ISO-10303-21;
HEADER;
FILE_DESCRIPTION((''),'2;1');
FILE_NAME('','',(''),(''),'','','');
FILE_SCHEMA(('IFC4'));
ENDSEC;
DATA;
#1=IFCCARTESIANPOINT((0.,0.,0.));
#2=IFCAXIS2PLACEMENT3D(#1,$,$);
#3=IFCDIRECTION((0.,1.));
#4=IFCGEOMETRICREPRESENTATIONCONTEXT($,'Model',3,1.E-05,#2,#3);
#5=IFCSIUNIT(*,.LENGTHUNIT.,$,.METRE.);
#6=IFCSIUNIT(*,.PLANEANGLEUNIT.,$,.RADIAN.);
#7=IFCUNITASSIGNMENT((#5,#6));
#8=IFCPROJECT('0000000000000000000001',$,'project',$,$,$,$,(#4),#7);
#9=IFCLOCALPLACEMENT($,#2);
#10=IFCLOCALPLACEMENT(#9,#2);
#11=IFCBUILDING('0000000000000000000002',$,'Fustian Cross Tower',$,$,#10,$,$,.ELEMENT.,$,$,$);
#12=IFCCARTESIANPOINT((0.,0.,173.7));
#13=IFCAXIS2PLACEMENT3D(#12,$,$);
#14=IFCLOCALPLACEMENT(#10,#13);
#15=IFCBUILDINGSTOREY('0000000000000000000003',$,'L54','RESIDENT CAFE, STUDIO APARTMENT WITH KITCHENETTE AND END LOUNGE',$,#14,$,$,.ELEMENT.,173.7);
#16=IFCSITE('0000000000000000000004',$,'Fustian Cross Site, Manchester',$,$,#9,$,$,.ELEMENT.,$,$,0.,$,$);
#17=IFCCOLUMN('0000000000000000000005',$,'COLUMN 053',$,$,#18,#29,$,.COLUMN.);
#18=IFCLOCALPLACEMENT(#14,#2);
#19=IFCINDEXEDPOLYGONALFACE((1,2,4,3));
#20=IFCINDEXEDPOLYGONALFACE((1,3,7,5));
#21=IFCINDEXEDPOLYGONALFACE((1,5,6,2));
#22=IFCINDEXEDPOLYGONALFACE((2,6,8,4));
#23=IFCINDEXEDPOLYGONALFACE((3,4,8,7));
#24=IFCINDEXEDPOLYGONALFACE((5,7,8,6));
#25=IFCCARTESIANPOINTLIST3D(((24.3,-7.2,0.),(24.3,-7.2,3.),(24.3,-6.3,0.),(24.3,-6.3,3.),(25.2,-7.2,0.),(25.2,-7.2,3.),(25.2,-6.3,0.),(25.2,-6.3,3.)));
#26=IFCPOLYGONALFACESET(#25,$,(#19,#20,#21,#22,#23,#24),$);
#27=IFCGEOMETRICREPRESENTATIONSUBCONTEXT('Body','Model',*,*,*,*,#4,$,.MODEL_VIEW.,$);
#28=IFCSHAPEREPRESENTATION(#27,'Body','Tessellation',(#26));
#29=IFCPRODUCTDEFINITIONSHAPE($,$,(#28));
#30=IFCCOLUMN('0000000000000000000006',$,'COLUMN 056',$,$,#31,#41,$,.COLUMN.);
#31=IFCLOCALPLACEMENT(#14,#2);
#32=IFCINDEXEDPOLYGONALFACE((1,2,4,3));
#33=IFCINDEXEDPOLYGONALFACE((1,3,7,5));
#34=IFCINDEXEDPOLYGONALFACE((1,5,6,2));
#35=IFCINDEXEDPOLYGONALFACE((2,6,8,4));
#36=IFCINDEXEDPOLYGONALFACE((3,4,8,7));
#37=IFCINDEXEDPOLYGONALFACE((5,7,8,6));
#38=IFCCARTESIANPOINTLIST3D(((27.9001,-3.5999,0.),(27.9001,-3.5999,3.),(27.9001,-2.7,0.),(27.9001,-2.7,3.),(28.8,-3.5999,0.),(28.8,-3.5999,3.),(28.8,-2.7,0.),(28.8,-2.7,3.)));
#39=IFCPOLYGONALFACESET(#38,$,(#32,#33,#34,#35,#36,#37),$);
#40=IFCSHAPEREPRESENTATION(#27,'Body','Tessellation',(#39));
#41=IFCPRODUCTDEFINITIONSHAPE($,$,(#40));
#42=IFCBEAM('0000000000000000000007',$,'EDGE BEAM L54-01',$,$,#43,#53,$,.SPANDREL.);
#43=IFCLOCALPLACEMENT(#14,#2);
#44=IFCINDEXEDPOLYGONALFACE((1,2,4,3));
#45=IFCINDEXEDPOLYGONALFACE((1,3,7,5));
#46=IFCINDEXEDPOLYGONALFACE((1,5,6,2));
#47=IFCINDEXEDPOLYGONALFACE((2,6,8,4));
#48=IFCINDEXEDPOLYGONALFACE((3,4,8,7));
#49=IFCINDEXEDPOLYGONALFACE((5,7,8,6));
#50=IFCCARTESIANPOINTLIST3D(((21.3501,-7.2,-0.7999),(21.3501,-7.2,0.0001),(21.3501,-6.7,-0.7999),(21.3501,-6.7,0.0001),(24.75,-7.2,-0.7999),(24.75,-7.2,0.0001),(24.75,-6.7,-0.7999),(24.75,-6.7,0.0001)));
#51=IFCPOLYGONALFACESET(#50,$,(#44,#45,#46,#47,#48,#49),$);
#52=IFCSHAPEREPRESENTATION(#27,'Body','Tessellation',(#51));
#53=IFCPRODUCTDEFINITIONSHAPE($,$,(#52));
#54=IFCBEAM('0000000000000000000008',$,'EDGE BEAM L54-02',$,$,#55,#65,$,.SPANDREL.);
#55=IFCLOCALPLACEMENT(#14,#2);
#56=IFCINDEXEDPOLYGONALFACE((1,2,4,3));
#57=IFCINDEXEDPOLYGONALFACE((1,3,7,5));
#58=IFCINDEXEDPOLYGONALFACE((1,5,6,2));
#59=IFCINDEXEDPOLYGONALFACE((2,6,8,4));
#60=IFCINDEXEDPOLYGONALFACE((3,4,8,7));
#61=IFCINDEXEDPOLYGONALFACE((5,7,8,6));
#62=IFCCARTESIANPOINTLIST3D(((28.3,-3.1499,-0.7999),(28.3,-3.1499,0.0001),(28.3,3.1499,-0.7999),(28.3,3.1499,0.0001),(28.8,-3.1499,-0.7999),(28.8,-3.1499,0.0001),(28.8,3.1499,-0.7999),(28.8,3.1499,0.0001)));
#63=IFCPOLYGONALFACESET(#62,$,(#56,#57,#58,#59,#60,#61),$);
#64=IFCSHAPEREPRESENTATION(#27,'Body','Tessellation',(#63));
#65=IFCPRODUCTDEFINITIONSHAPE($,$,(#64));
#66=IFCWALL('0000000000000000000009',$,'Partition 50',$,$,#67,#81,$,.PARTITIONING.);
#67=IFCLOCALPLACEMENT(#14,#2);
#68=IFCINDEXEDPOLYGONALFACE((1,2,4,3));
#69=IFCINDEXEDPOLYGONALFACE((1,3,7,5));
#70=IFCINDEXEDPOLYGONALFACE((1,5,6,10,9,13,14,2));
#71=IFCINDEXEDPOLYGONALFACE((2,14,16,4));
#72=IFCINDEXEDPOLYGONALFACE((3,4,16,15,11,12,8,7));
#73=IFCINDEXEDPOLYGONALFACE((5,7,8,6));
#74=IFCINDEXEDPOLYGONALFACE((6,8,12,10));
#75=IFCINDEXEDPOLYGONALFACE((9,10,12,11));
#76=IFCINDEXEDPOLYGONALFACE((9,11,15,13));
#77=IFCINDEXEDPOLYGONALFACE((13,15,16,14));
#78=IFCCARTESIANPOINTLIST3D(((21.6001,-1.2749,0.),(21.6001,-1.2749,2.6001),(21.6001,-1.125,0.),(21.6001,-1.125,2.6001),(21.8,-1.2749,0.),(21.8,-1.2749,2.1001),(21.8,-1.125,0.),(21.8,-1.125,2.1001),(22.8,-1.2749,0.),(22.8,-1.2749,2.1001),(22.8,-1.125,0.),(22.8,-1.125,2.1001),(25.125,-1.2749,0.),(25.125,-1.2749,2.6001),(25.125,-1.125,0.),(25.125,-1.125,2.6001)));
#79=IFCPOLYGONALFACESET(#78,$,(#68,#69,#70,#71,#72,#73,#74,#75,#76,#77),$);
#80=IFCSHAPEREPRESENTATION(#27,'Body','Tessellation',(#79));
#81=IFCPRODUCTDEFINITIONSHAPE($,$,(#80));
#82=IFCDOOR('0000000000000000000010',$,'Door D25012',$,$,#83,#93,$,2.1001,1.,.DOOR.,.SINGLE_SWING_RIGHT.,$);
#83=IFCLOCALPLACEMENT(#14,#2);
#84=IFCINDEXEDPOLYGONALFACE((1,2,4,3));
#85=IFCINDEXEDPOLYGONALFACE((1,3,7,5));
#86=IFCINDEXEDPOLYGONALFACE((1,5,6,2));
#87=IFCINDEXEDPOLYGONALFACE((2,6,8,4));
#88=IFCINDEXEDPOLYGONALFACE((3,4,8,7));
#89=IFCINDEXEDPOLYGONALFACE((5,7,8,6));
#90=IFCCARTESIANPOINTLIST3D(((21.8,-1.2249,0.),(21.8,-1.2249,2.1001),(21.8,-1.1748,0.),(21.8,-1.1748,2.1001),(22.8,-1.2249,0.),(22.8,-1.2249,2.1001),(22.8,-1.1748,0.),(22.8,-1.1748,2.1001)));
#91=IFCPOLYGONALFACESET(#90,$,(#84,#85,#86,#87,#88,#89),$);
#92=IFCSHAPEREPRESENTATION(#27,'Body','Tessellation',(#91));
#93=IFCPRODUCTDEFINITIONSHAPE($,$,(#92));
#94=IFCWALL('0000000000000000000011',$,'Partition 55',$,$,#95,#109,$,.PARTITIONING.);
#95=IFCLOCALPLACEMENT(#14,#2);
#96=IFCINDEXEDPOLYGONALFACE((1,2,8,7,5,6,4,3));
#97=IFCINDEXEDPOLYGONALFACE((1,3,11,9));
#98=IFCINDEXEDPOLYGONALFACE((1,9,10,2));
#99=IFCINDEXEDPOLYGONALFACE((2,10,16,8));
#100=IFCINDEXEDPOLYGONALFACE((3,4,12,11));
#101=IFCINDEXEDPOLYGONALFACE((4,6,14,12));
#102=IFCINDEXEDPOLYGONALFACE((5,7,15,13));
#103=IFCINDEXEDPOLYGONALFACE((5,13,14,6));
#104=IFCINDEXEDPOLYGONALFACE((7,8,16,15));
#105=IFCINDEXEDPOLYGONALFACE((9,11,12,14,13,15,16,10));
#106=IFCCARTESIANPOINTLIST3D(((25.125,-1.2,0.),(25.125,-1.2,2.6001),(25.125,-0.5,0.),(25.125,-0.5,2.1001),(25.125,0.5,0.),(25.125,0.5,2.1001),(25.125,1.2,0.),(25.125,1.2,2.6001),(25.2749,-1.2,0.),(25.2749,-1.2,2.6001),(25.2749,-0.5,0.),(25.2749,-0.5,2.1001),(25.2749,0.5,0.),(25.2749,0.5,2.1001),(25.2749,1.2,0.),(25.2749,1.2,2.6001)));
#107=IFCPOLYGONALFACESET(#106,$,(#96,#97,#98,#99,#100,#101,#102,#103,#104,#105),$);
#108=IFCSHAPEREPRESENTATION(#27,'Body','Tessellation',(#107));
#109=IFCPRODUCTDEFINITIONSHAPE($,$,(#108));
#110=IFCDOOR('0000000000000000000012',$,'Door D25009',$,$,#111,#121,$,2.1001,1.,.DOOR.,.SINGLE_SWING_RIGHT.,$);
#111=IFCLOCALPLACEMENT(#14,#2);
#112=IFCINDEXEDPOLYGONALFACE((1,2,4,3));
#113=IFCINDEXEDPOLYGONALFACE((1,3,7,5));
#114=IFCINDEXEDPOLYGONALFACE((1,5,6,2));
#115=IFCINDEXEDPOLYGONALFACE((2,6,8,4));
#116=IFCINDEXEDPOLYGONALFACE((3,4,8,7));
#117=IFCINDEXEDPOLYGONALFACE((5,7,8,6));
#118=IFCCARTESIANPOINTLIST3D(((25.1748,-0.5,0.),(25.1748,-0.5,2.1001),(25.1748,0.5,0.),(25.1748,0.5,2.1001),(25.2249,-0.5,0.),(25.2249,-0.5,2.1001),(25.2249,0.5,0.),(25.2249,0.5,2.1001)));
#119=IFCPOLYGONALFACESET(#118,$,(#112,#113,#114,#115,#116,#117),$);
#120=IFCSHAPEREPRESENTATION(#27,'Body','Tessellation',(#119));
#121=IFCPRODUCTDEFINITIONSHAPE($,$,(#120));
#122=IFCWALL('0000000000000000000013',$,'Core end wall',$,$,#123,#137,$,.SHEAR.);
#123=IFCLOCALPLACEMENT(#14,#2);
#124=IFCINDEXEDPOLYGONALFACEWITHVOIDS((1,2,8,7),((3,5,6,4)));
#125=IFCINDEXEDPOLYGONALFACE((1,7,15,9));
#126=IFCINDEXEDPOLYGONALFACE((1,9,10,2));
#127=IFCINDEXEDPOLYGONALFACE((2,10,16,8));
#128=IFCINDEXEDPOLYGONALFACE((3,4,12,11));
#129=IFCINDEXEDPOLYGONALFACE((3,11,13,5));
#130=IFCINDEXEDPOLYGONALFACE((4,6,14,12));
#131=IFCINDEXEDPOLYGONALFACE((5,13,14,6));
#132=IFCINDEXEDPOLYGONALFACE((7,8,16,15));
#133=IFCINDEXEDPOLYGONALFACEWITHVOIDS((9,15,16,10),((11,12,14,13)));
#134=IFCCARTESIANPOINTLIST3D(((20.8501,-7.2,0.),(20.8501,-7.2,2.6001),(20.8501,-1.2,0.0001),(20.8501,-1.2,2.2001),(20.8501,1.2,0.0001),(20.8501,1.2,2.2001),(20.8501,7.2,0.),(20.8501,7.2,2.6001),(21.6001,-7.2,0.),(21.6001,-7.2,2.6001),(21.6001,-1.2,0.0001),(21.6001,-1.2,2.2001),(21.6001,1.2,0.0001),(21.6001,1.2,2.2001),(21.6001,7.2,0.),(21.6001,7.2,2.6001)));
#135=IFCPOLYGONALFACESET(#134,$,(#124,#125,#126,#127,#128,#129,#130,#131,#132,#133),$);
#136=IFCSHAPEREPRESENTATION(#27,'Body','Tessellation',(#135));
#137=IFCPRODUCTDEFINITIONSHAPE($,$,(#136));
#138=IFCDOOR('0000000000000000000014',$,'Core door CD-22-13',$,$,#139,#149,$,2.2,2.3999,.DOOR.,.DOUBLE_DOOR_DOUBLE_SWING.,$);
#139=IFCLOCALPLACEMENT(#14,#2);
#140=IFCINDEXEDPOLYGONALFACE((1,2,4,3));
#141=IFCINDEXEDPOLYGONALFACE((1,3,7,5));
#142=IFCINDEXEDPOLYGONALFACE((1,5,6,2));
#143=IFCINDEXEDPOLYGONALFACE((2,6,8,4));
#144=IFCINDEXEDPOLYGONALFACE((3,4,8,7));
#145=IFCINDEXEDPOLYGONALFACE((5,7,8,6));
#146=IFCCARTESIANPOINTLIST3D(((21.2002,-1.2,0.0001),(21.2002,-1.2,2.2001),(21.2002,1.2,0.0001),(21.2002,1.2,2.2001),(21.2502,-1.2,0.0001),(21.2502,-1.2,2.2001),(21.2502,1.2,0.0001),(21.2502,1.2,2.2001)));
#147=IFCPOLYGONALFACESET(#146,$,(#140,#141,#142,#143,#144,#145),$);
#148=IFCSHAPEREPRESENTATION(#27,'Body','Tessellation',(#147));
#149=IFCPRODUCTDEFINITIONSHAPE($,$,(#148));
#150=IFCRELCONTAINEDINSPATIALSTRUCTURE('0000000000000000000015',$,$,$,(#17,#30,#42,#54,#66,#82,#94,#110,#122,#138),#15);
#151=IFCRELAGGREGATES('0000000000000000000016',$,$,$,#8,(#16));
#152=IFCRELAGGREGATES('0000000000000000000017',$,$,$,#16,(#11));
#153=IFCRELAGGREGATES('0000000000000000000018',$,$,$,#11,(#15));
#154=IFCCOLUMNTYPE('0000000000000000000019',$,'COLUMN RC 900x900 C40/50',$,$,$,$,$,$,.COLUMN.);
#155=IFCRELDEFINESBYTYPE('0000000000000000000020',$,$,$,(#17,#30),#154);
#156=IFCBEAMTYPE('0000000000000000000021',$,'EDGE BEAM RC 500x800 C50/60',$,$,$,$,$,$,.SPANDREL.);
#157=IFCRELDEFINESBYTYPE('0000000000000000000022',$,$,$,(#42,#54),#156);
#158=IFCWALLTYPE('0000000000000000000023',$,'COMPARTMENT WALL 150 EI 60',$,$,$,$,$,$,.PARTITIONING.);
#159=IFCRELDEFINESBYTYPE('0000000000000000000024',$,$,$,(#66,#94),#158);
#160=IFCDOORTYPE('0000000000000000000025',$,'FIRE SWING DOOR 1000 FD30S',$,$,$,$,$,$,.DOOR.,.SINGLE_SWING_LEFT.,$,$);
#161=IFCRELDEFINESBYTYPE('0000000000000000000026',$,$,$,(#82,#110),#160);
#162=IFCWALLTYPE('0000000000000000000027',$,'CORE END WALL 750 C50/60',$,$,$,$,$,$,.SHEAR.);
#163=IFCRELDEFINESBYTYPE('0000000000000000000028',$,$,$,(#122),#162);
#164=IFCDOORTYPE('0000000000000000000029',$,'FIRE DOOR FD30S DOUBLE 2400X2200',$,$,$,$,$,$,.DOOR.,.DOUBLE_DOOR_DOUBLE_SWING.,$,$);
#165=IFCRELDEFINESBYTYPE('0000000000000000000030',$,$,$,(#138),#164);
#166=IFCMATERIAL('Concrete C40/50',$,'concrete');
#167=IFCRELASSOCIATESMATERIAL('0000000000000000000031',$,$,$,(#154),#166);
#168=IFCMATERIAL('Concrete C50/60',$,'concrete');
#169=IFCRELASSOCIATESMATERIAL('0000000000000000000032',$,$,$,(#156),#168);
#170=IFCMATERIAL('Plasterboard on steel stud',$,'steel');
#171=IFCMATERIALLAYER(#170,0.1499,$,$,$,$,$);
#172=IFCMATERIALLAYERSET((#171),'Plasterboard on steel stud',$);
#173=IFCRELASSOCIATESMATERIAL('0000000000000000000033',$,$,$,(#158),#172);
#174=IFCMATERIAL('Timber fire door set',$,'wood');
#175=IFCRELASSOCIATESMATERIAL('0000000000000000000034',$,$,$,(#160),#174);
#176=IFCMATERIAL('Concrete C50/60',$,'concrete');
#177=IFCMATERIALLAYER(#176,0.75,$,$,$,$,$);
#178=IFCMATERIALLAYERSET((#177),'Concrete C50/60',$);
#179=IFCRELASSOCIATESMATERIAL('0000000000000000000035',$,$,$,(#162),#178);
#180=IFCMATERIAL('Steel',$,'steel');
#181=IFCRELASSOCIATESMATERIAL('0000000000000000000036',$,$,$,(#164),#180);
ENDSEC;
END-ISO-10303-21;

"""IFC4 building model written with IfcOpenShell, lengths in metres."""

from ifc_helpers import new_model, si_unit, direction, frame, frame_2d, origin, origin_2d, place, context, subcontext, project, spatial, rectangle, extrude, material, layer, layer_set, material_profile, profile_set, type_object, element, fill, save


model = new_model("IFC4")

# Units and contexts
model_context = context("Model", 3, precision=1e-05, world=origin(), true_north=direction((0.0, 1.0)))
body_context = subcontext(model_context, "Body", "Model", "MODEL_VIEW")
ifc_project = project(units=[si_unit("LENGTHUNIT", "METRE"), si_unit("PLANEANGLEUNIT", "RADIAN")], contexts=[model_context])

# Site, building, storey
site_placement = place(None, origin())
site = spatial("IfcSite", under=ifc_project, at=site_placement, Name="Fustian Cross Site, Manchester", CompositionType="ELEMENT", RefElevation=0.0)
building_placement = place(site_placement, origin())
building = spatial("IfcBuilding", under=site, at=building_placement, Name="Fustian Cross Tower", CompositionType="ELEMENT")
storey_placement = place(building_placement, frame((0.0, 0.0, 173.7)))
storey = spatial("IfcBuildingStorey", under=building, at=storey_placement, Name="L54", Description="RESIDENT CAFE, STUDIO APARTMENT WITH KITCHENETTE AND END LOUNGE", CompositionType="ELEMENT", Elevation=173.7)

# Columns
ifc_material_1 = material(Name="Concrete C40/50", Category="concrete")
ifc_material_profile_1 = material_profile(ifc_material_1, rectangle(XDim=0.8999, YDim=0.8999, at=origin_2d()), Name="RC 900x900")
ifc_profile_set_1 = profile_set([ifc_material_profile_1], Name="Concrete C40/50")
column_type = type_object("IfcColumnType", Name="COLUMN RC 900x900 C40/50", PredefinedType="COLUMN", material=ifc_profile_set_1)
for number, where, z_axis, x_axis, name in (
    (1, (24.75, -6.75, 0.0), (0.0, 0.0, 1.0), (1.0, 0.0, 0.0), "COLUMN 053"),
    (2, (28.3501, -3.1499, 0.0), (0.0, 0.0, 1.0), (1.0, 0.0, 0.0), "COLUMN 056"),
):
    element("IfcColumn", number, at=place(storey_placement, frame(where, z_axis=z_axis, x_axis=x_axis)), inside=storey, type_object=column_type, Name=name, PredefinedType="COLUMN", context=body_context, shape_type="SweptSolid", body=[
        extrude(rectangle(XDim=0.8999, YDim=0.8999, at=origin_2d()), origin(), (0.0, 0.0, 1.0), 3.0),
    ])

# Beams
ifc_material_2 = material(Name="Concrete C50/60", Category="concrete")
ifc_material_profile_2 = material_profile(ifc_material_2, rectangle(XDim=0.5, YDim=0.8, at=origin_2d()), Name="RC 500x800")
ifc_profile_set_2 = profile_set([ifc_material_profile_2], Name="Concrete C50/60")
beam_type = type_object("IfcBeamType", Name="EDGE BEAM RC 500x800 C50/60", PredefinedType="SPANDREL", material=ifc_profile_set_2)
beam_1_placement = place(storey_placement, frame((21.3501, -6.95, -0.3999), z_axis=(1.0, 0.0, 0.0), x_axis=(0.0, 1.0, 0.0)))
element("IfcBeam", 3, at=beam_1_placement, inside=storey, type_object=beam_type, Name="EDGE BEAM L54-01", PredefinedType="SPANDREL", context=body_context, shape_type="SweptSolid", body=[
    extrude(rectangle(XDim=0.5, YDim=0.8, at=origin_2d()), origin(), (0.0, 0.0, 1.0), 3.3999),
])
beam_2_placement = place(storey_placement, frame((28.55, -3.1499, -0.3999), z_axis=(0.0, 1.0, 0.0), x_axis=(-1.0, 0.0, 0.0)))
element("IfcBeam", 4, at=beam_2_placement, inside=storey, type_object=beam_type, Name="EDGE BEAM L54-02", PredefinedType="SPANDREL", context=body_context, shape_type="SweptSolid", body=[
    extrude(rectangle(XDim=0.5, YDim=0.8, at=origin_2d()), origin(), (0.0, 0.0, 1.0), 6.2998),
])

# Walls, openings, doors
ifc_material_3 = material(Name="Plasterboard on steel stud", Category="steel")
ifc_layer_1 = layer(ifc_material_3, 0.1499)
ifc_layer_set_1 = layer_set([ifc_layer_1], Name="Plasterboard on steel stud")
wall_type_1 = type_object("IfcWallType", Name="COMPARTMENT WALL 150 EI 60", PredefinedType="PARTITIONING", material=ifc_layer_set_1)
wall_1_placement = place(storey_placement, frame((21.6001, -1.2, 0.0), z_axis=(0.0, 0.0, 1.0), x_axis=(1.0, 0.0, 0.0)))
wall_1 = element("IfcWall", 5, at=wall_1_placement, inside=storey, type_object=wall_type_1, Name="Partition 50", PredefinedType="PARTITIONING", context=body_context, shape_type="SweptSolid", body=[
    extrude(rectangle(XDim=3.5249, YDim=0.1499, at=frame_2d((1.7625, 0.0))), origin(), (0.0, 0.0, 1.0), 2.6001),
])
opening_1_placement = place(wall_1_placement, frame((0.2, 0.0, 0.0)))
opening_1 = element("IfcOpeningElement", 6, at=opening_1_placement, cuts=wall_1, PredefinedType="OPENING", context=body_context, shape_type="SweptSolid", body=[
    extrude(rectangle(XDim=1.0, YDim=2.1001, at=frame_2d((0.5, 1.05))), frame((0.0, 0.085, 0.0), z_axis=(0.0, -1.0, 0.0), x_axis=(1.0, 0.0, 0.0)), (0.0, 0.0, 1.0), 0.1699),
])
ifc_material_4 = material(Name="Timber fire door set", Category="wood")
door_type_1 = type_object("IfcDoorType", Name="FIRE SWING DOOR 1000 FD30S", OperationType="SINGLE_SWING_LEFT", PredefinedType="DOOR", material=ifc_material_4)
door_1_placement = place(opening_1_placement, frame((1.0, 0.0, 0.0), z_axis=(0.0, 0.0, 1.0), x_axis=(-1.0, 0.0, 0.0)))
door_1 = element("IfcDoor", 7, at=door_1_placement, inside=storey, type_object=door_type_1, Name="Door D25012", OperationType="SINGLE_SWING_RIGHT", OverallHeight=2.1001, OverallWidth=1.0, PredefinedType="DOOR", context=body_context, shape_type="SweptSolid", body=[
    extrude(rectangle(XDim=1.0, YDim=2.1001, at=frame_2d((0.5, 1.05))), frame((0.0, 0.0249, 0.0), z_axis=(0.0, -1.0, 0.0), x_axis=(1.0, 0.0, 0.0)), (0.0, 0.0, 1.0), 0.05),
])
fill(opening_1, door_1)
wall_2_placement = place(storey_placement, frame((25.2, -1.2, 0.0), z_axis=(0.0, 0.0, 1.0), x_axis=(0.0, 1.0, 0.0)))
wall_2 = element("IfcWall", 8, at=wall_2_placement, inside=storey, type_object=wall_type_1, Name="Partition 55", PredefinedType="PARTITIONING", context=body_context, shape_type="SweptSolid", body=[
    extrude(rectangle(XDim=2.3999, YDim=0.1499, at=frame_2d((1.2, 0.0))), origin(), (0.0, 0.0, 1.0), 2.6001),
])
opening_2_placement = place(wall_2_placement, frame((0.7, 0.0, 0.0)))
opening_2 = element("IfcOpeningElement", 9, at=opening_2_placement, cuts=wall_2, PredefinedType="OPENING", context=body_context, shape_type="SweptSolid", body=[
    extrude(rectangle(XDim=1.0, YDim=2.1001, at=frame_2d((0.5, 1.05))), frame((0.0, 0.085, 0.0), z_axis=(0.0, -1.0, 0.0), x_axis=(1.0, 0.0, 0.0)), (0.0, 0.0, 1.0), 0.1699),
])
door_2_placement = place(opening_2_placement, frame((1.0, 0.0, 0.0), z_axis=(0.0, 0.0, 1.0), x_axis=(-1.0, 0.0, 0.0)))
door_2 = element("IfcDoor", 10, at=door_2_placement, inside=storey, type_object=door_type_1, Name="Door D25009", OperationType="SINGLE_SWING_RIGHT", OverallHeight=2.1001, OverallWidth=1.0, PredefinedType="DOOR", context=body_context, shape_type="SweptSolid", body=[
    extrude(rectangle(XDim=1.0, YDim=2.1001, at=frame_2d((0.5, 1.05))), frame((0.0, 0.0249, 0.0), z_axis=(0.0, -1.0, 0.0), x_axis=(1.0, 0.0, 0.0)), (0.0, 0.0, 1.0), 0.05),
])
fill(opening_2, door_2)
ifc_material_5 = material(Name="Concrete C50/60", Category="concrete")
ifc_layer_2 = layer(ifc_material_5, 0.75)
ifc_layer_set_2 = layer_set([ifc_layer_2], Name="Concrete C50/60")
wall_type_2 = type_object("IfcWallType", Name="CORE END WALL 750 C50/60", PredefinedType="SHEAR", material=ifc_layer_set_2)
wall_3_placement = place(storey_placement, frame((21.2251, -7.2, 0.0), z_axis=(0.0, 0.0, 1.0), x_axis=(0.0, 1.0, 0.0)))
wall_3 = element("IfcWall", 11, at=wall_3_placement, inside=storey, type_object=wall_type_2, Name="Core end wall", PredefinedType="SHEAR", context=body_context, shape_type="SweptSolid", body=[
    extrude(rectangle(XDim=14.3999, YDim=0.75, at=frame_2d((7.2, 0.0))), origin(), (0.0, 0.0, 1.0), 2.6001),
])
opening_3_placement = place(wall_3_placement, frame((6.0, 0.0, 0.0)))
opening_3 = element("IfcOpeningElement", 12, at=opening_3_placement, cuts=wall_3, PredefinedType="OPENING", context=body_context, shape_type="SweptSolid", body=[
    extrude(rectangle(XDim=2.3999, YDim=2.2, at=frame_2d((1.2, 1.1001))), frame((0.0, 0.385, 0.0), z_axis=(0.0, -1.0, 0.0), x_axis=(1.0, 0.0, 0.0)), (0.0, 0.0, 1.0), 0.77),
])
ifc_material_6 = material(Name="Steel", Category="steel")
door_type_2 = type_object("IfcDoorType", Name="FIRE DOOR FD30S DOUBLE 2400X2200", OperationType="DOUBLE_DOOR_DOUBLE_SWING", PredefinedType="DOOR", material=ifc_material_6)
door_3_placement = place(opening_3_placement, origin())
door_3 = element("IfcDoor", 13, at=door_3_placement, inside=storey, type_object=door_type_2, Name="Core door CD-22-13", OperationType="DOUBLE_DOOR_DOUBLE_SWING", OverallHeight=2.2, OverallWidth=2.3999, PredefinedType="DOOR", context=body_context, shape_type="SweptSolid", body=[
    extrude(rectangle(XDim=2.3999, YDim=2.2, at=frame_2d((1.2, 1.1001))), frame((0.0, 0.0249, 0.0), z_axis=(0.0, -1.0, 0.0), x_axis=(1.0, 0.0, 0.0)), (0.0, 0.0, 1.0), 0.05),
])
fill(opening_3, door_3)

save(model, "model.ifc")
